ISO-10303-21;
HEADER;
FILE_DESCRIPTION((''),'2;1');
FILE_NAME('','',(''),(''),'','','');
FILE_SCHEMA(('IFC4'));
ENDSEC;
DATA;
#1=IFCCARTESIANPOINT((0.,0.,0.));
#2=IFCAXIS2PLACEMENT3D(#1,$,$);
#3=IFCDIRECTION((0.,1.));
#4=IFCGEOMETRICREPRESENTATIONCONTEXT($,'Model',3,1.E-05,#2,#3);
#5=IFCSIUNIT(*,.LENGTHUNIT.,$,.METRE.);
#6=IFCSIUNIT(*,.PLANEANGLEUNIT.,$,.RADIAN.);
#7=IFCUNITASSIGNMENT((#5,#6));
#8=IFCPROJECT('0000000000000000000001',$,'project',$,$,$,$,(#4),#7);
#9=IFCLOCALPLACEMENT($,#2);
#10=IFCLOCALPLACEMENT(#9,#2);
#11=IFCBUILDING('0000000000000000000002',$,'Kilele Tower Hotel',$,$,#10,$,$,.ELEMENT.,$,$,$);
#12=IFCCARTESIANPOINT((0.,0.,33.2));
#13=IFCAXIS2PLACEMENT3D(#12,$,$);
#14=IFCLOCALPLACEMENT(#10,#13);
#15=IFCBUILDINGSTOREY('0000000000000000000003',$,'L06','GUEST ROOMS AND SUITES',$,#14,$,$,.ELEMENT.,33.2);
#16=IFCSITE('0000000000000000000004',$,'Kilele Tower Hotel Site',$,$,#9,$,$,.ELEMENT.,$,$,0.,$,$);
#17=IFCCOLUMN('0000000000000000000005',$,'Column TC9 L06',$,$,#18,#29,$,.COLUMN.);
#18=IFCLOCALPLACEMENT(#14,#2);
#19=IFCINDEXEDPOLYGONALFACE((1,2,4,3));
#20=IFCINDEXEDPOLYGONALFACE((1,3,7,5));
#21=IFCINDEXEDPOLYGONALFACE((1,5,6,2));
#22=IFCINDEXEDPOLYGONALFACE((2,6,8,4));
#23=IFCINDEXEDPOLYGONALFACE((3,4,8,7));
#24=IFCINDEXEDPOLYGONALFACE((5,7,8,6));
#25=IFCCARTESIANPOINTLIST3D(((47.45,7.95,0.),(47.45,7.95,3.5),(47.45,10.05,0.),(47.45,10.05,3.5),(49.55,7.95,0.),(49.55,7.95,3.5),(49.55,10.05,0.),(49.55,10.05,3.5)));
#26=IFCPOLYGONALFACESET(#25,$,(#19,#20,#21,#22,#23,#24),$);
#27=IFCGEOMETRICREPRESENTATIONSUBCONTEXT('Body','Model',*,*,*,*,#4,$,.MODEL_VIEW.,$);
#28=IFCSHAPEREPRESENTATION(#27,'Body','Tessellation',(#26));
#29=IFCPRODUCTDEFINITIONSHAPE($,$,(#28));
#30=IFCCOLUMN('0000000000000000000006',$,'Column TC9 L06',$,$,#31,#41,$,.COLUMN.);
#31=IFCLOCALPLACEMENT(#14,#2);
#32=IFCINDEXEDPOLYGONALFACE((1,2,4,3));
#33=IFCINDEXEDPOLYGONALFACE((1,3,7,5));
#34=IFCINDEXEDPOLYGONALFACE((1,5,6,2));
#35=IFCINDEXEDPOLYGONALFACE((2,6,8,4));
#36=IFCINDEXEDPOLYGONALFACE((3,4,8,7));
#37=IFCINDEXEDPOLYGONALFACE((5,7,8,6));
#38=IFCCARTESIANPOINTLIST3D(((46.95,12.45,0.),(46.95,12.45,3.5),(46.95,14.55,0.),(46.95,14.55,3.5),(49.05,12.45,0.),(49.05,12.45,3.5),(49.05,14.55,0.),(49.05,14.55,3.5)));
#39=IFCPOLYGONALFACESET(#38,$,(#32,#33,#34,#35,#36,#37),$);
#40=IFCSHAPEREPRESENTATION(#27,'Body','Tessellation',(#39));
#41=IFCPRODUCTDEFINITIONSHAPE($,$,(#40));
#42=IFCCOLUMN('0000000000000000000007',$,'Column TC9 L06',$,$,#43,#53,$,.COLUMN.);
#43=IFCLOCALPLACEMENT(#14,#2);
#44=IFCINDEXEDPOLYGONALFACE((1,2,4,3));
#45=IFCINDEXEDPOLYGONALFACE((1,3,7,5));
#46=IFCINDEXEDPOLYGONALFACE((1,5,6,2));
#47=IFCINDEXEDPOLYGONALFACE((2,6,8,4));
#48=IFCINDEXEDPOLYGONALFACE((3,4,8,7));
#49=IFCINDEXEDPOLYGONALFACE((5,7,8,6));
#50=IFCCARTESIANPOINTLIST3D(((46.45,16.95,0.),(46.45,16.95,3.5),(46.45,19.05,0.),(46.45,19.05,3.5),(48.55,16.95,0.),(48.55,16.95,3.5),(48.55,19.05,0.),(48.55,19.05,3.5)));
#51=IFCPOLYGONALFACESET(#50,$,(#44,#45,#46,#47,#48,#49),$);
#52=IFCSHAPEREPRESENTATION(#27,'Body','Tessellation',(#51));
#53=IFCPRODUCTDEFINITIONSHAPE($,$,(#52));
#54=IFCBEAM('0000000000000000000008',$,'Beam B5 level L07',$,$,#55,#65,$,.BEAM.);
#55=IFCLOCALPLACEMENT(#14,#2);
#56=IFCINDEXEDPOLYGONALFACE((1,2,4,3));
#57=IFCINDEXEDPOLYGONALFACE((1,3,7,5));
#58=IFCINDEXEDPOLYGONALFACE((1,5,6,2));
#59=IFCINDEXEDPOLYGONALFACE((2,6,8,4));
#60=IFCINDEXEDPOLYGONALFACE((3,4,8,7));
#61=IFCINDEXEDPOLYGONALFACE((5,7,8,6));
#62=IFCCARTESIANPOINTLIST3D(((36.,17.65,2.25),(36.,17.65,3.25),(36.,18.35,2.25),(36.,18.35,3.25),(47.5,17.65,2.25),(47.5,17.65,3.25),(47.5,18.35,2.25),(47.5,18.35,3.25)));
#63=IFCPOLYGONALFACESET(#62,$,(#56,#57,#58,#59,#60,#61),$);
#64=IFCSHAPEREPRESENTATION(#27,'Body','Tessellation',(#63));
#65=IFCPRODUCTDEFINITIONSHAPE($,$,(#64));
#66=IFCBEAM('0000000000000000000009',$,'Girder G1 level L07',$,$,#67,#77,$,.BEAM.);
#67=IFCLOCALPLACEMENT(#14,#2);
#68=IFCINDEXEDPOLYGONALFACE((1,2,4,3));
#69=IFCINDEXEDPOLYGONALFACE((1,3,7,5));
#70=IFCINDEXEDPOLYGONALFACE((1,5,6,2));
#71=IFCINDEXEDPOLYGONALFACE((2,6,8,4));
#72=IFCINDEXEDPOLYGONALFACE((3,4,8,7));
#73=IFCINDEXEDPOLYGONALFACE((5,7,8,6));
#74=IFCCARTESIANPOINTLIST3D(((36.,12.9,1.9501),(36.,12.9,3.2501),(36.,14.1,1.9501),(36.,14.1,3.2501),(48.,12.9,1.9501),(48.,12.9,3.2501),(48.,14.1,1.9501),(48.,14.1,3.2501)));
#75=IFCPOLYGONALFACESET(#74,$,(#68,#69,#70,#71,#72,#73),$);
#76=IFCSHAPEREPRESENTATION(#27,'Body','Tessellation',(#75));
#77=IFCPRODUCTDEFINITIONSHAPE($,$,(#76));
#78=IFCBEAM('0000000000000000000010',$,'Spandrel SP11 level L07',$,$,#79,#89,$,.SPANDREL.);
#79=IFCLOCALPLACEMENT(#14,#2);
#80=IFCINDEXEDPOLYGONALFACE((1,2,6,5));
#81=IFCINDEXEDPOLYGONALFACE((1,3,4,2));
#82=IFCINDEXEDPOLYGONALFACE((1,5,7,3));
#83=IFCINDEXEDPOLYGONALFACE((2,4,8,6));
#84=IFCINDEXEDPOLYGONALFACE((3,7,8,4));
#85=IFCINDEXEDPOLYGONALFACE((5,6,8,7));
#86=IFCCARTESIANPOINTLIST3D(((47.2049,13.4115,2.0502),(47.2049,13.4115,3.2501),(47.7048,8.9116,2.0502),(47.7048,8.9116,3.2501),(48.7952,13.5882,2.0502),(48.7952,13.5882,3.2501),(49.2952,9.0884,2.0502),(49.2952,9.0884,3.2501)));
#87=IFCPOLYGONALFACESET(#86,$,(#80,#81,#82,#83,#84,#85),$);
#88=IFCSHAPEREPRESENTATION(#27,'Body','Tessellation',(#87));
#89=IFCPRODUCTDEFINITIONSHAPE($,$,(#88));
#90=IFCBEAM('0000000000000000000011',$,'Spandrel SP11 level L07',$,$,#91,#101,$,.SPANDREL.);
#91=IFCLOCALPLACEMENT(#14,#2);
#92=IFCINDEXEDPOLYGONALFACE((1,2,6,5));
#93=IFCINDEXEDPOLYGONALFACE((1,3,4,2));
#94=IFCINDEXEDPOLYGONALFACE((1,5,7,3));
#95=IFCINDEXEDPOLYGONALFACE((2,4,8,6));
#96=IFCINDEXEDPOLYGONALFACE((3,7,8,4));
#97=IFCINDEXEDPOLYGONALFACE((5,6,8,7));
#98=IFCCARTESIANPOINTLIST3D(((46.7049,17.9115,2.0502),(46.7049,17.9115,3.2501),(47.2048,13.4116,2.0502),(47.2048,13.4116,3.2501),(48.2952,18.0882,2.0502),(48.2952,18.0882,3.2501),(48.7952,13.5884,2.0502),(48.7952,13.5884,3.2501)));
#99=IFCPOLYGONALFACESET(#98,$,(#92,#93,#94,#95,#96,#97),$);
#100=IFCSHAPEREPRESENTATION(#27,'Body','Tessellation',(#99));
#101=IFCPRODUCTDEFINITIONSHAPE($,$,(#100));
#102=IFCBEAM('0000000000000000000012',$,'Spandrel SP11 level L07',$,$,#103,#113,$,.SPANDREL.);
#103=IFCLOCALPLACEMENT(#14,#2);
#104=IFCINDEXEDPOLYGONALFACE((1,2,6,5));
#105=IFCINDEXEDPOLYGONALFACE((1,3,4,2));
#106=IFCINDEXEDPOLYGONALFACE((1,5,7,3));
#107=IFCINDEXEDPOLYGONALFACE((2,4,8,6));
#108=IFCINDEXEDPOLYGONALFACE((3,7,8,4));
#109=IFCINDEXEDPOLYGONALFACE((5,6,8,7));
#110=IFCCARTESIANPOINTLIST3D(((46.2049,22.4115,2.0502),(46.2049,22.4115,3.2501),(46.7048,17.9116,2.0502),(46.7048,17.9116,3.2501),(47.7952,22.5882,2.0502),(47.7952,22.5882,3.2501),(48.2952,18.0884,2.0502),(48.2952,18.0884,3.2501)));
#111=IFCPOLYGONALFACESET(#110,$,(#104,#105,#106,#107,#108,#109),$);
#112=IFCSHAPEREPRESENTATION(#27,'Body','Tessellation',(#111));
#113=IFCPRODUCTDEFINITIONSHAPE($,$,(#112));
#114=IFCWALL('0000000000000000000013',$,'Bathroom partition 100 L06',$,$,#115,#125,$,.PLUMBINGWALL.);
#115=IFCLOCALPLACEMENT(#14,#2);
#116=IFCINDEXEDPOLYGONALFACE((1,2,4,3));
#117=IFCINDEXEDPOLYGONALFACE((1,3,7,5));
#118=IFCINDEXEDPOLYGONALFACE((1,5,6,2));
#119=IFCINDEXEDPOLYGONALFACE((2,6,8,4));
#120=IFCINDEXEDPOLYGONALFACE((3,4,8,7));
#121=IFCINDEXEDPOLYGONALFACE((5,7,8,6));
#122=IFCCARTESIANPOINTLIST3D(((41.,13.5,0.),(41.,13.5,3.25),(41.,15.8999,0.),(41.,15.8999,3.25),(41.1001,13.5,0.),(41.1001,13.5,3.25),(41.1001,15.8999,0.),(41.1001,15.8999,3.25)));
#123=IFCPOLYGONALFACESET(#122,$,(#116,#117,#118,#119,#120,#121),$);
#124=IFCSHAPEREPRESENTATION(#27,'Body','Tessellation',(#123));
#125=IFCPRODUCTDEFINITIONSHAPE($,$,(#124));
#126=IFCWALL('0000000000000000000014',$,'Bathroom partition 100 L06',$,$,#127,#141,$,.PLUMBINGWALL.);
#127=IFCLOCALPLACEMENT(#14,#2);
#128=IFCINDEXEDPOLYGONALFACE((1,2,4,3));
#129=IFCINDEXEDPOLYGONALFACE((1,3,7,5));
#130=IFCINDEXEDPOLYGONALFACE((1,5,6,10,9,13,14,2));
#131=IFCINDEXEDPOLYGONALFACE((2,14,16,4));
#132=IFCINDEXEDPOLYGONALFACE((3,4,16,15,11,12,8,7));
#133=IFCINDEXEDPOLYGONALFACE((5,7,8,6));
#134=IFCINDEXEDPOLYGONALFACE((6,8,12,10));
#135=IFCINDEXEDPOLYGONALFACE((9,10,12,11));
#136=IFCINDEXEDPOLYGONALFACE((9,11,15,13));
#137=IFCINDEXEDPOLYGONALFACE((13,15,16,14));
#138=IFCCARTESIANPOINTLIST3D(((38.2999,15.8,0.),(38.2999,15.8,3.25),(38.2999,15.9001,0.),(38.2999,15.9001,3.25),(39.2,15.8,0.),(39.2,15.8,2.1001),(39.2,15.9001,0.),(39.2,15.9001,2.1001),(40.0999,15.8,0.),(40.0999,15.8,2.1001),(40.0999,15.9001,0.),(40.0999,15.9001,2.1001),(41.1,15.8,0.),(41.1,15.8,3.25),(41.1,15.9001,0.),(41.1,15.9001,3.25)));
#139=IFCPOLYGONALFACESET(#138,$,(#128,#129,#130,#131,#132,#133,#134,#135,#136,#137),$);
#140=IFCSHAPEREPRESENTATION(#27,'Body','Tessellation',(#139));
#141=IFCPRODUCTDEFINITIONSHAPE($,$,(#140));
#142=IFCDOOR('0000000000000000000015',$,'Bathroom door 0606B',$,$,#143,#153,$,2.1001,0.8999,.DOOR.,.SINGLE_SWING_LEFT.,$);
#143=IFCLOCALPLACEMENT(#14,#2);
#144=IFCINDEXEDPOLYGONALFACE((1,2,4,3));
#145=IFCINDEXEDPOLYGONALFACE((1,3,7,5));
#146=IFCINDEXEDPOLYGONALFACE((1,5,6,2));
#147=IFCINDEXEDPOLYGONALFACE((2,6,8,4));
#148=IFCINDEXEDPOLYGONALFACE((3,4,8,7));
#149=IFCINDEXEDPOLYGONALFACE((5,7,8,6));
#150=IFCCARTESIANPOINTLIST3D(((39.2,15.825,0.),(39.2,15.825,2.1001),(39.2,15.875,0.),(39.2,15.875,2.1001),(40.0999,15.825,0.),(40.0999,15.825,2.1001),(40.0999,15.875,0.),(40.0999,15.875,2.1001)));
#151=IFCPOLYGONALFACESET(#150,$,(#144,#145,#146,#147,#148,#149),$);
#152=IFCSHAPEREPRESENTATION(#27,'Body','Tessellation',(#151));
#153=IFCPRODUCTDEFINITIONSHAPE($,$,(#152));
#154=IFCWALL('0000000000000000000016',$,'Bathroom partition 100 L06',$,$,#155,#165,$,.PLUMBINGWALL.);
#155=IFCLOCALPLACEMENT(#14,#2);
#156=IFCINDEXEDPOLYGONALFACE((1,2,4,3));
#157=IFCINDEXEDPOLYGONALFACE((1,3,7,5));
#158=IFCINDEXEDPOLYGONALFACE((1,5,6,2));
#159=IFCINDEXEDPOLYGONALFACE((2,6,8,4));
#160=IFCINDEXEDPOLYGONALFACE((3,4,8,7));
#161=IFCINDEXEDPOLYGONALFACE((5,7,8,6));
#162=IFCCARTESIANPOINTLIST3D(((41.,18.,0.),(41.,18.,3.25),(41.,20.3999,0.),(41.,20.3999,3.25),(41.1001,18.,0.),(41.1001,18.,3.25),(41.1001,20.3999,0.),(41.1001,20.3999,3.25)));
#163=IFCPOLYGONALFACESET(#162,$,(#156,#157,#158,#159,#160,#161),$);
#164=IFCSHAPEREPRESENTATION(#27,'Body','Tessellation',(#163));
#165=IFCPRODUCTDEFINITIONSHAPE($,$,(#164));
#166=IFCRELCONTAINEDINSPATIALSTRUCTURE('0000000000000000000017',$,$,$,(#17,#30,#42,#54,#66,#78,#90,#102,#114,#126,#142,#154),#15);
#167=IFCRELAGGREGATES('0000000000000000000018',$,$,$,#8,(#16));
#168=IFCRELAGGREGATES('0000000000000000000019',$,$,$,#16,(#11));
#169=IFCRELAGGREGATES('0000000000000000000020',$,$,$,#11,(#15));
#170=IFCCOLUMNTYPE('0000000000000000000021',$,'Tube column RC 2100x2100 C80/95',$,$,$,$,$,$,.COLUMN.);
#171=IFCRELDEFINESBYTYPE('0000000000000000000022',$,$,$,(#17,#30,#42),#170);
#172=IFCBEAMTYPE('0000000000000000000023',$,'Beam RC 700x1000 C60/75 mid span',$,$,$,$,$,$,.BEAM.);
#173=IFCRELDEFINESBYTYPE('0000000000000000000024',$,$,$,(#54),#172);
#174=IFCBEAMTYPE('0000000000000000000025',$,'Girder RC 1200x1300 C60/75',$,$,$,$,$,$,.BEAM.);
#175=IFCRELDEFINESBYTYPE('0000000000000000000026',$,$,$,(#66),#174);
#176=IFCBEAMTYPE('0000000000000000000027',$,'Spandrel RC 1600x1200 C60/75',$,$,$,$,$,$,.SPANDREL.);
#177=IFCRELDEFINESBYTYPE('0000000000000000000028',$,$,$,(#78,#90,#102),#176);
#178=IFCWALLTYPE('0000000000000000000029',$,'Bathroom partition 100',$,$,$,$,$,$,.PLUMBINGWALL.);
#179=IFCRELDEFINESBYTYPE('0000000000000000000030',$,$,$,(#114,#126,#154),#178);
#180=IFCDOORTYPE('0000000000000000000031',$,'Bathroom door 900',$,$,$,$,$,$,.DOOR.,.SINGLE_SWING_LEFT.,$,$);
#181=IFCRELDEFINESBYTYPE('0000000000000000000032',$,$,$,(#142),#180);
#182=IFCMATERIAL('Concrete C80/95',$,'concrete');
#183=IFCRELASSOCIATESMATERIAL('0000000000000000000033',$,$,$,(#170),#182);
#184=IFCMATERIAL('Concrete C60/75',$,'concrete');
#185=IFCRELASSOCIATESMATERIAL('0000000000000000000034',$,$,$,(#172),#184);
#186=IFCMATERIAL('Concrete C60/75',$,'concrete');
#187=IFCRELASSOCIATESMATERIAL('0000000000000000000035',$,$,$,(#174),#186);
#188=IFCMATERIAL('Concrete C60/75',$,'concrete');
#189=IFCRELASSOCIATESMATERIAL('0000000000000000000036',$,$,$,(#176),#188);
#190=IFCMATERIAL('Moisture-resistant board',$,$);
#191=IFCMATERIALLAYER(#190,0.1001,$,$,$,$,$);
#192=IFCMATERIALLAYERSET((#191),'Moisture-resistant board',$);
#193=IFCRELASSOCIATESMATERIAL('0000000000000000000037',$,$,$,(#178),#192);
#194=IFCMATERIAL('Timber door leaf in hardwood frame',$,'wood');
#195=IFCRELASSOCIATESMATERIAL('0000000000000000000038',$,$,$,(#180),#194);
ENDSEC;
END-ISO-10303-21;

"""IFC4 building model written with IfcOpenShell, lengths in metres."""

from ifc_helpers import new_model, si_unit, direction, frame, frame_2d, origin, origin_2d, place, context, subcontext, project, spatial, rectangle, extrude, material, layer, layer_set, material_profile, profile_set, type_object, element, fill, save


model = new_model("IFC4")

# Units and contexts
model_context = context("Model", 3, precision=1e-05, world=origin(), true_north=direction((0.0, 1.0)))
body_context = subcontext(model_context, "Body", "Model", "MODEL_VIEW")
ifc_project = project(units=[si_unit("LENGTHUNIT", "METRE"), si_unit("PLANEANGLEUNIT", "RADIAN")], contexts=[model_context])

# Site, building, storey
site_placement = place(None, origin())
site = spatial("IfcSite", under=ifc_project, at=site_placement, Name="Kilele Tower Hotel Site", CompositionType="ELEMENT", RefElevation=0.0)
building_placement = place(site_placement, origin())
building = spatial("IfcBuilding", under=site, at=building_placement, Name="Kilele Tower Hotel", CompositionType="ELEMENT")
storey_placement = place(building_placement, frame((0.0, 0.0, 33.2)))
storey = spatial("IfcBuildingStorey", under=building, at=storey_placement, Name="L06", Description="GUEST ROOMS AND SUITES", CompositionType="ELEMENT", Elevation=33.2)

# Columns
ifc_material_1 = material(Name="Concrete C80/95", Category="concrete")
ifc_material_profile_1 = material_profile(ifc_material_1, rectangle(XDim=2.1001, YDim=2.1001, at=origin_2d()))
ifc_profile_set_1 = profile_set([ifc_material_profile_1], Name="Concrete C80/95")
column_type = type_object("IfcColumnType", Name="Tube column RC 2100x2100 C80/95", PredefinedType="COLUMN", material=ifc_profile_set_1)
for number, where, z_axis, x_axis, name in (
    (1, (48.5, 9.0, 0.0), (0.0, 0.0, 1.0), (1.0, 0.0, 0.0), "Column TC9 L06"),
    (2, (48.0, 13.5, 0.0), (0.0, 0.0, 1.0), (1.0, 0.0, 0.0), "Column TC9 L06"),
    (3, (47.5, 18.0, 0.0), (0.0, 0.0, 1.0), (1.0, 0.0, 0.0), "Column TC9 L06"),
):
    element("IfcColumn", number, at=place(storey_placement, frame(where, z_axis=z_axis, x_axis=x_axis)), inside=storey, type_object=column_type, Name=name, PredefinedType="COLUMN", context=body_context, shape_type="SweptSolid", body=[
        extrude(rectangle(XDim=2.1001, YDim=2.1001, at=origin_2d()), origin(), (0.0, 0.0, 1.0), 3.5),
    ])

# Beams
ifc_material_2 = material(Name="Concrete C60/75", Category="concrete")
ifc_material_profile_2 = material_profile(ifc_material_2, rectangle(XDim=0.7, YDim=1.0, at=origin_2d()))
ifc_profile_set_2 = profile_set([ifc_material_profile_2], Name="Concrete C60/75")
beam_type_1 = type_object("IfcBeamType", Name="Beam RC 700x1000 C60/75 mid span", PredefinedType="BEAM", material=ifc_profile_set_2)
beam_1_placement = place(storey_placement, frame((47.5, 18.0, 2.75), z_axis=(-1.0, 0.0, 0.0), x_axis=(0.0, -1.0, 0.0)))
element("IfcBeam", 4, at=beam_1_placement, inside=storey, type_object=beam_type_1, Name="Beam B5 level L07", PredefinedType="BEAM", context=body_context, shape_type="SweptSolid", body=[
    extrude(rectangle(XDim=0.7, YDim=1.0, at=origin_2d()), origin(), (0.0, 0.0, 1.0), 11.5),
])
ifc_material_3 = material(Name="Concrete C60/75", Category="concrete")
ifc_material_profile_3 = material_profile(ifc_material_3, rectangle(XDim=1.2, YDim=1.3, at=origin_2d()))
ifc_profile_set_3 = profile_set([ifc_material_profile_3], Name="Concrete C60/75")
beam_type_2 = type_object("IfcBeamType", Name="Girder RC 1200x1300 C60/75", PredefinedType="BEAM", material=ifc_profile_set_3)
beam_2_placement = place(storey_placement, frame((48.0, 13.5, 2.6001), z_axis=(-1.0, 0.0, 0.0), x_axis=(0.0, -1.0, 0.0)))
element("IfcBeam", 5, at=beam_2_placement, inside=storey, type_object=beam_type_2, Name="Girder G1 level L07", PredefinedType="BEAM", context=body_context, shape_type="SweptSolid", body=[
    extrude(rectangle(XDim=1.2, YDim=1.3, at=origin_2d()), origin(), (0.0, 0.0, 1.0), 12.0),
])
ifc_material_4 = material(Name="Concrete C60/75", Category="concrete")
ifc_material_profile_4 = material_profile(ifc_material_4, rectangle(XDim=1.6001, YDim=1.2, at=origin_2d()))
ifc_profile_set_4 = profile_set([ifc_material_profile_4], Name="Concrete C60/75")
beam_type_3 = type_object("IfcBeamType", Name="Spandrel RC 1600x1200 C60/75", PredefinedType="SPANDREL", material=ifc_profile_set_4)
for number, where, z_axis, x_axis, name in (
    (6, (48.5, 9.0, 2.6501), (-0.110432, 0.993884, 0.0), (-0.993884, -0.110432, 0.0), "Spandrel SP11 level L07"),
    (7, (48.0, 13.5, 2.6501), (-0.110432, 0.993884, 0.0), (-0.993884, -0.110432, 0.0), "Spandrel SP11 level L07"),
    (8, (47.5, 18.0, 2.6501), (-0.110432, 0.993884, 0.0), (-0.993884, -0.110432, 0.0), "Spandrel SP11 level L07"),
):
    element("IfcBeam", number, at=place(storey_placement, frame(where, z_axis=z_axis, x_axis=x_axis)), inside=storey, type_object=beam_type_3, Name=name, PredefinedType="SPANDREL", context=body_context, shape_type="SweptSolid", body=[
        extrude(rectangle(XDim=1.6001, YDim=1.2, at=origin_2d()), origin(), (0.0, 0.0, 1.0), 4.5276),
    ])

# Wall
ifc_material_5 = material(Name="Moisture-resistant board")
ifc_layer_1 = layer(ifc_material_5, 0.1001)
ifc_layer_set_1 = layer_set([ifc_layer_1], Name="Moisture-resistant board")
wall_type_1 = type_object("IfcWallType", Name="Bathroom partition 100", PredefinedType="PLUMBINGWALL", material=ifc_layer_set_1)
wall_1_placement = place(storey_placement, frame((41.05, 13.5, 0.0), z_axis=(0.0, 0.0, 1.0), x_axis=(0.0, 1.0, 0.0)))
element("IfcWall", 9, at=wall_1_placement, inside=storey, type_object=wall_type_1, Name="Bathroom partition 100 L06", PredefinedType="PLUMBINGWALL", context=body_context, shape_type="SweptSolid", body=[
    extrude(rectangle(XDim=2.3999, YDim=0.1001, at=frame_2d((1.2, 0.0))), origin(), (0.0, 0.0, 1.0), 3.25),
])

# Wall, opening, door
wall_2_placement = place(storey_placement, frame((38.3, 15.8501, 0.0), z_axis=(0.0, 0.0, 1.0), x_axis=(1.0, 0.0, 0.0)))
wall_2 = element("IfcWall", 10, at=wall_2_placement, inside=storey, type_object=wall_type_1, Name="Bathroom partition 100 L06", PredefinedType="PLUMBINGWALL", context=body_context, shape_type="SweptSolid", body=[
    extrude(rectangle(XDim=2.8, YDim=0.1001, at=frame_2d((1.3999, 0.0))), origin(), (0.0, 0.0, 1.0), 3.25),
])
opening_1_placement = place(wall_2_placement, frame((0.8999, 0.0, 0.0)))
opening_1 = element("IfcOpeningElement", 11, at=opening_1_placement, cuts=wall_2, PredefinedType="OPENING", context=body_context, shape_type="SweptSolid", body=[
    extrude(rectangle(XDim=0.8999, YDim=2.1001, at=frame_2d((0.45, 1.05))), frame((0.0, 0.0601, 0.0), z_axis=(0.0, -1.0, 0.0), x_axis=(1.0, 0.0, 0.0)), (0.0, 0.0, 1.0), 0.1201),
])
ifc_material_6 = material(Name="Timber door leaf in hardwood frame", Category="wood")
door_type_1 = type_object("IfcDoorType", Name="Bathroom door 900", OperationType="SINGLE_SWING_LEFT", PredefinedType="DOOR", material=ifc_material_6)
door_1_placement = place(opening_1_placement, origin())
door_1 = element("IfcDoor", 12, at=door_1_placement, inside=storey, type_object=door_type_1, Name="Bathroom door 0606B", OperationType="SINGLE_SWING_LEFT", OverallHeight=2.1001, OverallWidth=0.8999, PredefinedType="DOOR", context=body_context, shape_type="SweptSolid", body=[
    extrude(rectangle(XDim=0.8999, YDim=2.1001, at=frame_2d((0.45, 1.05))), frame((0.0, 0.0249, 0.0), z_axis=(0.0, -1.0, 0.0), x_axis=(1.0, 0.0, 0.0)), (0.0, 0.0, 1.0), 0.05),
])
fill(opening_1, door_1)

# Wall
wall_3_placement = place(storey_placement, frame((41.05, 18.0, 0.0), z_axis=(0.0, 0.0, 1.0), x_axis=(0.0, 1.0, 0.0)))
element("IfcWall", 13, at=wall_3_placement, inside=storey, type_object=wall_type_1, Name="Bathroom partition 100 L06", PredefinedType="PLUMBINGWALL", context=body_context, shape_type="SweptSolid", body=[
    extrude(rectangle(XDim=2.3999, YDim=0.1001, at=frame_2d((1.2, 0.0))), origin(), (0.0, 0.0, 1.0), 3.25),
])

save(model, "model.ifc")
